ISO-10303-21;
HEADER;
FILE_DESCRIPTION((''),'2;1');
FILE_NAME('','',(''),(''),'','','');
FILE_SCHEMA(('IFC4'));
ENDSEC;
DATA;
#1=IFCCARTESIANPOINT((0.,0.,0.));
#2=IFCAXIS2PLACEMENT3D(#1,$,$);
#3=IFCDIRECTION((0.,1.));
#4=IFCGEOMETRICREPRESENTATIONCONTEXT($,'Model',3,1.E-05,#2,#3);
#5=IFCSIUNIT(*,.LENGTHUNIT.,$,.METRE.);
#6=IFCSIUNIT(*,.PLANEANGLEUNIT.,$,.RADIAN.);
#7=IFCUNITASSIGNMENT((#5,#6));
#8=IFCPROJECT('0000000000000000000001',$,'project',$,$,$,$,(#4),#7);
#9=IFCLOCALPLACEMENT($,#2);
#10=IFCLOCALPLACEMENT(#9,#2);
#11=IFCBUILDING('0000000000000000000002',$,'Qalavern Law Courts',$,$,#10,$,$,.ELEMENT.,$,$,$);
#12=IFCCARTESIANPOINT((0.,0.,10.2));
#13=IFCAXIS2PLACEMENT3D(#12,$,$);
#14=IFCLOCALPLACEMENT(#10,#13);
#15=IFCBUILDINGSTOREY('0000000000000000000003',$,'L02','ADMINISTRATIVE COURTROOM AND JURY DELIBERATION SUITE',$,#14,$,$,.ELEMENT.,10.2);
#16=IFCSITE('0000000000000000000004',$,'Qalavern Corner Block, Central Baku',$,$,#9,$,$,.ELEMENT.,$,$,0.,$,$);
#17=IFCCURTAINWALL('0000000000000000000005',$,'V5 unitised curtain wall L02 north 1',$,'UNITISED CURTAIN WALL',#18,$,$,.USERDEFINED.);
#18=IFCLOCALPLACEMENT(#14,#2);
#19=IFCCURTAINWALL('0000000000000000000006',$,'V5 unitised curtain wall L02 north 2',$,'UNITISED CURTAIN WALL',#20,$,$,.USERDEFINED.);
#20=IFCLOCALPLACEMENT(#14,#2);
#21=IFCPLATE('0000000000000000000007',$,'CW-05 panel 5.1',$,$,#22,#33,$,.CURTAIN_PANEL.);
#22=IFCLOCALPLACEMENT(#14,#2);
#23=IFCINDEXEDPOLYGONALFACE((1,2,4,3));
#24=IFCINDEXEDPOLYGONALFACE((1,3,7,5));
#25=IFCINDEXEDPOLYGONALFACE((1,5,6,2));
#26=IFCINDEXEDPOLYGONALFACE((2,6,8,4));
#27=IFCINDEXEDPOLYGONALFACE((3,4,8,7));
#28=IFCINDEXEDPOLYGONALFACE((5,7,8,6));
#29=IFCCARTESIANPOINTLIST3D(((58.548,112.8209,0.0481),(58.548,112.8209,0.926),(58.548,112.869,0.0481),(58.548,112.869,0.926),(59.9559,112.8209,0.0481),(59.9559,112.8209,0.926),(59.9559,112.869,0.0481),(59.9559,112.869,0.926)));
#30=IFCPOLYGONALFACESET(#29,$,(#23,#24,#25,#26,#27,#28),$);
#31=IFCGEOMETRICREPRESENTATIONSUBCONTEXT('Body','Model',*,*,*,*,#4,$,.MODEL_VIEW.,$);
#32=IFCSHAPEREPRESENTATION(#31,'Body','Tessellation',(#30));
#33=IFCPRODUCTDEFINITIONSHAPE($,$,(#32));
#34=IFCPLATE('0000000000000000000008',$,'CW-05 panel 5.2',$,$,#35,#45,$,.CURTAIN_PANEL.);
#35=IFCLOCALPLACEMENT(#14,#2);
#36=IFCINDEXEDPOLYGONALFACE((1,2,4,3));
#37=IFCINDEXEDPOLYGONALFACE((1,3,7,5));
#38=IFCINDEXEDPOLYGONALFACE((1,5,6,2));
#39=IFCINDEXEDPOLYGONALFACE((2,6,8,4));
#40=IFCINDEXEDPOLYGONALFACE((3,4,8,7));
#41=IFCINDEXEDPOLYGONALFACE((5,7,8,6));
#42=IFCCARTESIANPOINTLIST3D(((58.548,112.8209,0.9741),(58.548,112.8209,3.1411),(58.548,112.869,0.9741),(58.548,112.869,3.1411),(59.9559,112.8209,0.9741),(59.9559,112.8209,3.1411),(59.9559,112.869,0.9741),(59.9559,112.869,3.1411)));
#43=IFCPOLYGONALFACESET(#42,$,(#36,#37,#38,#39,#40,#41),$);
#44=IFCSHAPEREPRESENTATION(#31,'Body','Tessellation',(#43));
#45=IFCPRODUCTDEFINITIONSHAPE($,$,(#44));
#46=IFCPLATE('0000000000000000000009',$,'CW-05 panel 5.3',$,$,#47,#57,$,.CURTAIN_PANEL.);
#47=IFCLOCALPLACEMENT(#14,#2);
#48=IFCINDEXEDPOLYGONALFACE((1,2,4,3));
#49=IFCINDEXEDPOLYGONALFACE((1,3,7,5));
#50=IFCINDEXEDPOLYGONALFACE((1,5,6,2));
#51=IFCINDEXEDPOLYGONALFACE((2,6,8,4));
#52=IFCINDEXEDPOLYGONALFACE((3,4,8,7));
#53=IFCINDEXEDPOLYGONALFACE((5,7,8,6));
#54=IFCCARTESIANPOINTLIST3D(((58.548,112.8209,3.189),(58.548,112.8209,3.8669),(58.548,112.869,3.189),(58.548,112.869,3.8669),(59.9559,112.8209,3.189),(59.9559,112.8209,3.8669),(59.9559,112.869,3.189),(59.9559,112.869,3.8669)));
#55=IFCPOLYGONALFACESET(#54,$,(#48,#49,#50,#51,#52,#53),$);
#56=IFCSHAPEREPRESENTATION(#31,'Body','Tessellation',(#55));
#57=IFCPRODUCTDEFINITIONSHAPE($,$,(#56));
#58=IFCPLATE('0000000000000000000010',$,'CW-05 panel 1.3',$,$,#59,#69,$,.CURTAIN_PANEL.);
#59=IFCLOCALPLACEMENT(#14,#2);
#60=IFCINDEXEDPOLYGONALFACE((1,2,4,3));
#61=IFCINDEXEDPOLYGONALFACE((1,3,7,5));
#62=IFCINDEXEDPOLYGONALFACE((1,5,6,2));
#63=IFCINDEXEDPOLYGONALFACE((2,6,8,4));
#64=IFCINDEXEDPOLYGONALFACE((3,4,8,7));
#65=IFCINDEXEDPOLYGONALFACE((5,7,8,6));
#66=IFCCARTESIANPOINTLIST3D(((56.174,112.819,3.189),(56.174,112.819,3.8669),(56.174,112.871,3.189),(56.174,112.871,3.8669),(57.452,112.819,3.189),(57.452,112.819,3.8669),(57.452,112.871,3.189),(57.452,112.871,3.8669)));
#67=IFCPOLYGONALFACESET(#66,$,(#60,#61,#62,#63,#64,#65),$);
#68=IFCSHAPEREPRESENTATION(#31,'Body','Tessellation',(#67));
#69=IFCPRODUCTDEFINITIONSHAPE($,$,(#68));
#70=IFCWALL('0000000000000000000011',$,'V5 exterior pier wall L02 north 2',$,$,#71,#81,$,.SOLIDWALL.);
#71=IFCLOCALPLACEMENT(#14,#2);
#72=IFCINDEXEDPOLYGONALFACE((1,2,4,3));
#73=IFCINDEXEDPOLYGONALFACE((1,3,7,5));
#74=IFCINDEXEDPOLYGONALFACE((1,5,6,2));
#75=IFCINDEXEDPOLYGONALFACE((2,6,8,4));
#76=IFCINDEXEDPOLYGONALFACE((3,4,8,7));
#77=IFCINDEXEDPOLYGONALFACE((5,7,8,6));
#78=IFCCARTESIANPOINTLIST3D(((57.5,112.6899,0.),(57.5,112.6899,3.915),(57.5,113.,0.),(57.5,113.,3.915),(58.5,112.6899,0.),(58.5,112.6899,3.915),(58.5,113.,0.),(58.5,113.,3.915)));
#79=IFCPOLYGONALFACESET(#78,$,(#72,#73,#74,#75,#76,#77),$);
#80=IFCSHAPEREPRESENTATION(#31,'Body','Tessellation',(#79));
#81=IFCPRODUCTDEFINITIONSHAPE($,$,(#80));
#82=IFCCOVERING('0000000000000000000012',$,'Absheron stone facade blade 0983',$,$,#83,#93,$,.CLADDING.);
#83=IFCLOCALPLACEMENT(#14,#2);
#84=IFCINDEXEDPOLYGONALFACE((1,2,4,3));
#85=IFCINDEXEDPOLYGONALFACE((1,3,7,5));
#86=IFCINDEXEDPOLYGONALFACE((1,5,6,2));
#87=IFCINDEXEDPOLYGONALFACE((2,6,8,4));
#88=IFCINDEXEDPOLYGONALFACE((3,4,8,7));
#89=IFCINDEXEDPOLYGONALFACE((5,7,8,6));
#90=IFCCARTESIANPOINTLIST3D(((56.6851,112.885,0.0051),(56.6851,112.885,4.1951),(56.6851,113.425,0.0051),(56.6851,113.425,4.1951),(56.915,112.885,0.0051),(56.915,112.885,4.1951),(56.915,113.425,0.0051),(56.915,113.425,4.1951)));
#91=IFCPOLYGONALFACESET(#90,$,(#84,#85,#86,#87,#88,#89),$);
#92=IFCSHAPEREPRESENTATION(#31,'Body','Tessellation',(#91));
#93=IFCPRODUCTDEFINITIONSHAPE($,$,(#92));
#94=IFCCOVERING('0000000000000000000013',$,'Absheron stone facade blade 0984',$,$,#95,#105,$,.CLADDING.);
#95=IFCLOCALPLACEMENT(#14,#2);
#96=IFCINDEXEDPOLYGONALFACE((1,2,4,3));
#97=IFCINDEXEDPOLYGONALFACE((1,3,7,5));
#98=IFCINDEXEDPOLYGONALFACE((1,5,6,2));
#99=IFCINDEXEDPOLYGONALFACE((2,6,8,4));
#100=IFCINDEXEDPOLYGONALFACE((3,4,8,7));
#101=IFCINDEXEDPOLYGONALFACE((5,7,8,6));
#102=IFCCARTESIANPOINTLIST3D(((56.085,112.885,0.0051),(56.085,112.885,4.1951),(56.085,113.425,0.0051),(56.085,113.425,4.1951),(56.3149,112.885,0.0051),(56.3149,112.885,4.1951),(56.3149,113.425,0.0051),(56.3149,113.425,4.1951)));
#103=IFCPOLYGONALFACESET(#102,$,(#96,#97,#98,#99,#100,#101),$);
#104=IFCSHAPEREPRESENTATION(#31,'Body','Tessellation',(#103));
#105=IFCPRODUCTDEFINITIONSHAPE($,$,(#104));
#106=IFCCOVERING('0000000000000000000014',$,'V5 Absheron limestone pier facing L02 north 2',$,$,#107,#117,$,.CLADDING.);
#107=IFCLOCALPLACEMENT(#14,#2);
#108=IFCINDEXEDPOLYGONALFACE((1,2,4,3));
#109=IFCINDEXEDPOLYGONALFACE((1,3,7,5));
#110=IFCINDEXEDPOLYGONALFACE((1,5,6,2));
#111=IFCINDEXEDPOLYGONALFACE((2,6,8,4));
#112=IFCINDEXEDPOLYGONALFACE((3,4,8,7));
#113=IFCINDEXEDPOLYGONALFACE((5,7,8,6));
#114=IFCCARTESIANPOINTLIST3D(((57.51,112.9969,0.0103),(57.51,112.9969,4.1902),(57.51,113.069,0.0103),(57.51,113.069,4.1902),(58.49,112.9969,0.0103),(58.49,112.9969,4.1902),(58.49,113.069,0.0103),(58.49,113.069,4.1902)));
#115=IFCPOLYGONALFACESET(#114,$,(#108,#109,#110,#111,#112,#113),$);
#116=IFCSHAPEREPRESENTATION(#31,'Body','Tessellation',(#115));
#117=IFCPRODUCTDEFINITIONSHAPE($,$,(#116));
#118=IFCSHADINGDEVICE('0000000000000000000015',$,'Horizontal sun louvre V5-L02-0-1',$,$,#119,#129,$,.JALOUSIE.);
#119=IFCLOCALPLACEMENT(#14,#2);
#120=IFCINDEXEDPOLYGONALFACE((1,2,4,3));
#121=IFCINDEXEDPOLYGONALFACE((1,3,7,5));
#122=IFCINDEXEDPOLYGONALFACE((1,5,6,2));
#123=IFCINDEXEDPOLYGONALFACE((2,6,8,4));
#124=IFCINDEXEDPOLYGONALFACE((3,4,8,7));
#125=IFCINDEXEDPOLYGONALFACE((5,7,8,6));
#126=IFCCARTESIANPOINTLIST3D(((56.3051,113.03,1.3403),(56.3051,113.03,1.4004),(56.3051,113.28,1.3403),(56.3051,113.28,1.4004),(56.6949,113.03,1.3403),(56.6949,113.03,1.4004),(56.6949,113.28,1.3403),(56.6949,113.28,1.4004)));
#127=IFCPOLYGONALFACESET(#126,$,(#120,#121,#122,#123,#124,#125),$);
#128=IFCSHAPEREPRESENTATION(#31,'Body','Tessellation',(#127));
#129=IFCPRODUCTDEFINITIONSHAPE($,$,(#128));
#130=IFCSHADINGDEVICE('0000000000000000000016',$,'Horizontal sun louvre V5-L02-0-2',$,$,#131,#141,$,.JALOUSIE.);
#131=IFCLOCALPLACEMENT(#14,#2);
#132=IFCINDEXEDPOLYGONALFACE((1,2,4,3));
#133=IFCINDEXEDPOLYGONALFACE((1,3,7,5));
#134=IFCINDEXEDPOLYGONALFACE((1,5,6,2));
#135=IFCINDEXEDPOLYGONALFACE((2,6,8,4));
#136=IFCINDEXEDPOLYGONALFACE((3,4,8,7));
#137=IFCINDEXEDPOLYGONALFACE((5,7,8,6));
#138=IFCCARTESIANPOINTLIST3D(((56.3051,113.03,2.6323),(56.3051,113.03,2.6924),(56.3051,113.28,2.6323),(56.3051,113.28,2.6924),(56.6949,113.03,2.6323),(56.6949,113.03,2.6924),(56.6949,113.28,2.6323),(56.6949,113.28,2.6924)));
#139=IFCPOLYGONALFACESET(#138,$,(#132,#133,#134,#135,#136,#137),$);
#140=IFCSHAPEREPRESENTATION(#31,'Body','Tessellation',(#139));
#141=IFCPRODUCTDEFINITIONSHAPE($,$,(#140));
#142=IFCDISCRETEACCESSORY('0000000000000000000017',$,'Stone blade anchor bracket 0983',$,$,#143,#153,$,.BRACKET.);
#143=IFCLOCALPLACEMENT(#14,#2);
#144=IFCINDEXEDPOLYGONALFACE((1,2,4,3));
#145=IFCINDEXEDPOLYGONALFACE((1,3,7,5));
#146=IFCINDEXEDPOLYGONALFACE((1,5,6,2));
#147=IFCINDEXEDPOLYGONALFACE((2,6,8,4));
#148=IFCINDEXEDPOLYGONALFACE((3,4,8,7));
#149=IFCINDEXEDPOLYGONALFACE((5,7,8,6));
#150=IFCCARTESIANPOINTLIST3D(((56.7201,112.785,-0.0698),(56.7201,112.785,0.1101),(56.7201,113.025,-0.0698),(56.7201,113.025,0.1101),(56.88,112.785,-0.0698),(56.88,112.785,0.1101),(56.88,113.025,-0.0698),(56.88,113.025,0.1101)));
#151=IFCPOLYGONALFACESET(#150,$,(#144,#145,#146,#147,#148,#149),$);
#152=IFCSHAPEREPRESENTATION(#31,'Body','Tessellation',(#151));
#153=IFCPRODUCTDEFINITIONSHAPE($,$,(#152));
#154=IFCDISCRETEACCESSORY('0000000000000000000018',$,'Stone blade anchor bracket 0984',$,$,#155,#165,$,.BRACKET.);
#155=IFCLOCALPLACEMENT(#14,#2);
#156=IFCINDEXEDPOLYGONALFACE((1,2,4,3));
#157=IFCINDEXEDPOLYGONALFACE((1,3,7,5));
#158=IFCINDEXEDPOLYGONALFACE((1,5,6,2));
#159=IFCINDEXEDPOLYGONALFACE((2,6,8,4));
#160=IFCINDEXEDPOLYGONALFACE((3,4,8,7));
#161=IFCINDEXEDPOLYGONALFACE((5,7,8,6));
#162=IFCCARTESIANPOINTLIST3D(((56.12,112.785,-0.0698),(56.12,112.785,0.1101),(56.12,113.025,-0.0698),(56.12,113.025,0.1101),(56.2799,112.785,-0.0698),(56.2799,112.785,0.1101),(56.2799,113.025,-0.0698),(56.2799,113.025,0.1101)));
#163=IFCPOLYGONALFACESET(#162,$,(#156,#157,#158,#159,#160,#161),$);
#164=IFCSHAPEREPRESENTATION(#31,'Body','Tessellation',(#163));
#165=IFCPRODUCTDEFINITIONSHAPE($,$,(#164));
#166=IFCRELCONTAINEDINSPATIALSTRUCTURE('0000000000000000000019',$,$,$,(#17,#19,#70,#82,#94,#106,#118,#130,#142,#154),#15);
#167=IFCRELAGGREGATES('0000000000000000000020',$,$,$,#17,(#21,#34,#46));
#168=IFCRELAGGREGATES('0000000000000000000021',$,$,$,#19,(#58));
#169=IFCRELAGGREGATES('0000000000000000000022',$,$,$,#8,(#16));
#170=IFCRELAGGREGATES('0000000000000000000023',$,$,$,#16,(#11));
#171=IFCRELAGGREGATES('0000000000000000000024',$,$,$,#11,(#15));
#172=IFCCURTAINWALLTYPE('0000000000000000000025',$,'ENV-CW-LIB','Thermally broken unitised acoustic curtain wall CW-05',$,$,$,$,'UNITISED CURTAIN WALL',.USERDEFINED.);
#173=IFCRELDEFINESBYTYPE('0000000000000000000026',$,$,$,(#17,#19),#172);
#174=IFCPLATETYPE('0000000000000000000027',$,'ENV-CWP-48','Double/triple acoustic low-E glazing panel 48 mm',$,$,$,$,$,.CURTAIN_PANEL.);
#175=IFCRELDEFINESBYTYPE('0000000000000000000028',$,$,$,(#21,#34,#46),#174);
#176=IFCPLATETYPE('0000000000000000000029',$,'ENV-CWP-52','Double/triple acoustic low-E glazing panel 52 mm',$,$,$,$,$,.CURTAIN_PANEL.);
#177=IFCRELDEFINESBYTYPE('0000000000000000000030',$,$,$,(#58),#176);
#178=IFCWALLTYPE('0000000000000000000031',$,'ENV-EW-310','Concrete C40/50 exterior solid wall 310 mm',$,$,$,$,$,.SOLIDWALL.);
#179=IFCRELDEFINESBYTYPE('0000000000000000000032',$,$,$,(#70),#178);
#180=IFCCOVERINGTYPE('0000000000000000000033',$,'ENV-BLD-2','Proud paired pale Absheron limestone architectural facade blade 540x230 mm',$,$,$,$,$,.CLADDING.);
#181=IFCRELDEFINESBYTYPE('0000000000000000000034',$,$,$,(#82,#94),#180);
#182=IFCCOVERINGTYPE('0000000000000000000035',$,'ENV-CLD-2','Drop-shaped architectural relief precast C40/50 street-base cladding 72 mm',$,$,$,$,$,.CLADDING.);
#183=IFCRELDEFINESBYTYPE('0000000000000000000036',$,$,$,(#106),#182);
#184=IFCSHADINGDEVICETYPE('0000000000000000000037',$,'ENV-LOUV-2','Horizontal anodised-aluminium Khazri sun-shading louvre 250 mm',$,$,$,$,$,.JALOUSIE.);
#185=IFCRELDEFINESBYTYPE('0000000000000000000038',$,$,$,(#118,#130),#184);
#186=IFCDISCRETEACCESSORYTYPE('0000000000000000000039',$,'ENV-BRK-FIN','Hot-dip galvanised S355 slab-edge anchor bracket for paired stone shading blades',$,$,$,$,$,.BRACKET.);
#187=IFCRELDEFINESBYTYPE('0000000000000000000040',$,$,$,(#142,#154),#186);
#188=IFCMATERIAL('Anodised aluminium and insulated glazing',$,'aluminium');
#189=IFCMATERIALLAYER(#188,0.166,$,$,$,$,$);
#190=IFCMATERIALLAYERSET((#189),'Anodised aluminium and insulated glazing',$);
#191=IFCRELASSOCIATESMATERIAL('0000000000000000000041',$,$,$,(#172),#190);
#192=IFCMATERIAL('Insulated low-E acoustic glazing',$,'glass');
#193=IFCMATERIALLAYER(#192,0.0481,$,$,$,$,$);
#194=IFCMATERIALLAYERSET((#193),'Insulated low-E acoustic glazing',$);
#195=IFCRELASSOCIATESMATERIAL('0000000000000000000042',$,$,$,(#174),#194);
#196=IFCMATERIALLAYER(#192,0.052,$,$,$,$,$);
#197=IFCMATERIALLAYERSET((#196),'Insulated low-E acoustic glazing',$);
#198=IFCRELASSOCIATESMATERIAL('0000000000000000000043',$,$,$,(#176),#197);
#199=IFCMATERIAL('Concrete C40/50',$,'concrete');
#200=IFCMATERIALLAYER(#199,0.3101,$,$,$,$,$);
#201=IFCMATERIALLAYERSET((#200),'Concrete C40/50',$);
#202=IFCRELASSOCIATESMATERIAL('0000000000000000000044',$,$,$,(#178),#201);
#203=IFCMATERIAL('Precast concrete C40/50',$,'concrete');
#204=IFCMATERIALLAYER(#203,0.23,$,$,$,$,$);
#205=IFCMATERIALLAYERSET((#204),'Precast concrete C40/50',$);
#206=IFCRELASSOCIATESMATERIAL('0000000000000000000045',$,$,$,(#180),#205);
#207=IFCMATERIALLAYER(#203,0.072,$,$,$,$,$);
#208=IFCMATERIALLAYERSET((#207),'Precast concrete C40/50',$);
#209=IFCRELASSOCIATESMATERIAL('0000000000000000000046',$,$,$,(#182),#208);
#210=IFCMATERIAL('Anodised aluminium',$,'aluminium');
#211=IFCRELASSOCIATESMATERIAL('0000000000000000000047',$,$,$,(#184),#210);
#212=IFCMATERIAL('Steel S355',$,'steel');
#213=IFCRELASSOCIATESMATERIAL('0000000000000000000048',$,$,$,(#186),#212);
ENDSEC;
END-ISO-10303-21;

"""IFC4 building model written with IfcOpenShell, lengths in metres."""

from ifc_helpers import new_model, si_unit, direction, frame, frame_2d, origin, origin_2d, place, context, subcontext, project, spatial, rectangle, extrude, material, layer, layer_set, type_object, element, aggregate, save


model = new_model("IFC4")

# Units and contexts
model_context = context("Model", 3, precision=1e-05, world=origin(), true_north=direction((0.0, 1.0)))
body_context = subcontext(model_context, "Body", "Model", "MODEL_VIEW")
ifc_project = project(units=[si_unit("LENGTHUNIT", "METRE"), si_unit("PLANEANGLEUNIT", "RADIAN")], contexts=[model_context])

# Site, building, storey
site_placement = place(None, origin())
site = spatial("IfcSite", under=ifc_project, at=site_placement, Name="Qalavern Corner Block, Central Baku", CompositionType="ELEMENT", RefElevation=0.0)
building_placement = place(site_placement, origin())
building = spatial("IfcBuilding", under=site, at=building_placement, Name="Qalavern Law Courts", CompositionType="ELEMENT")
storey_placement = place(building_placement, frame((0.0, 0.0, 10.2)))
storey = spatial("IfcBuildingStorey", under=building, at=storey_placement, Name="L02", Description="ADMINISTRATIVE COURTROOM AND JURY DELIBERATION SUITE", CompositionType="ELEMENT", Elevation=10.2)

# Curtain wall
ifc_material_1 = material(Name="Anodised aluminium and insulated glazing", Category="aluminium")
ifc_layer_1 = layer(ifc_material_1, 0.166)
ifc_layer_set_1 = layer_set([ifc_layer_1], Name="Anodised aluminium and insulated glazing")
curtain_wall_type = type_object("IfcCurtainWallType", Name="ENV-CW-LIB", Description="Thermally broken unitised acoustic curtain wall CW-05", ElementType="UNITISED CURTAIN WALL", PredefinedType="USERDEFINED", material=ifc_layer_set_1)
curtain_wall_1_placement = place(storey_placement, origin())
curtain_wall_1 = element("IfcCurtainWall", 1, at=curtain_wall_1_placement, inside=storey, type_object=curtain_wall_type, Name="V5 unitised curtain wall L02 north 1", ObjectType="UNITISED CURTAIN WALL", PredefinedType="USERDEFINED")
ifc_material_2 = material(Name="Anodised aluminium", Category="aluminium")

# Curtain wall
curtain_wall_2_placement = place(storey_placement, origin())
curtain_wall_2 = element("IfcCurtainWall", 2, at=curtain_wall_2_placement, inside=storey, type_object=curtain_wall_type, Name="V5 unitised curtain wall L02 north 2", ObjectType="UNITISED CURTAIN WALL", PredefinedType="USERDEFINED")

# Plates
ifc_material_3 = material(Name="Insulated low-E acoustic glazing", Category="glass")
ifc_layer_2 = layer(ifc_material_3, 0.0481)
ifc_layer_set_2 = layer_set([ifc_layer_2], Name="Insulated low-E acoustic glazing")
plate_type_1 = type_object("IfcPlateType", Name="ENV-CWP-48", Description="Double/triple acoustic low-E glazing panel 48 mm", PredefinedType="CURTAIN_PANEL", material=ifc_layer_set_2)
plate_1_placement = place(storey_placement, frame((59.252, 112.845, 0.0481), z_axis=(0.0, 0.0, 1.0), x_axis=(-1.0, 0.0, 0.0)))
plate_1 = element("IfcPlate", 3, at=plate_1_placement, type_object=plate_type_1, Name="CW-05 panel 5.1", PredefinedType="CURTAIN_PANEL", context=body_context, shape_type="SweptSolid", body=[
    extrude(rectangle(XDim=1.408, YDim=0.0481, at=origin_2d()), origin(), (0.0, 0.0, 1.0), 0.8779),
])
plate_2_placement = place(storey_placement, frame((59.252, 112.845, 0.9741), z_axis=(0.0, 0.0, 1.0), x_axis=(-1.0, 0.0, 0.0)))
plate_2 = element("IfcPlate", 4, at=plate_2_placement, type_object=plate_type_1, Name="CW-05 panel 5.2", PredefinedType="CURTAIN_PANEL", context=body_context, shape_type="SweptSolid", body=[
    extrude(rectangle(XDim=1.408, YDim=0.0481, at=origin_2d()), origin(), (0.0, 0.0, 1.0), 2.167),
])
plate_3_placement = place(storey_placement, frame((59.252, 112.845, 3.189), z_axis=(0.0, 0.0, 1.0), x_axis=(-1.0, 0.0, 0.0)))
plate_3 = element("IfcPlate", 5, at=plate_3_placement, type_object=plate_type_1, Name="CW-05 panel 5.3", PredefinedType="CURTAIN_PANEL", context=body_context, shape_type="SweptSolid", body=[
    extrude(rectangle(XDim=1.408, YDim=0.0481, at=origin_2d()), origin(), (0.0, 0.0, 1.0), 0.678),
])
aggregate(curtain_wall_1, [plate_1, plate_2, plate_3])
ifc_layer_3 = layer(ifc_material_3, 0.052)
ifc_layer_set_3 = layer_set([ifc_layer_3], Name="Insulated low-E acoustic glazing")
plate_type_2 = type_object("IfcPlateType", Name="ENV-CWP-52", Description="Double/triple acoustic low-E glazing panel 52 mm", PredefinedType="CURTAIN_PANEL", material=ifc_layer_set_3)
plate_4_placement = place(storey_placement, frame((56.813, 112.845, 3.189), z_axis=(0.0, 0.0, 1.0), x_axis=(-1.0, 0.0, 0.0)))
plate_4 = element("IfcPlate", 6, at=plate_4_placement, type_object=plate_type_2, Name="CW-05 panel 1.3", PredefinedType="CURTAIN_PANEL", context=body_context, shape_type="SweptSolid", body=[
    extrude(rectangle(XDim=1.2781, YDim=0.052, at=origin_2d()), origin(), (0.0, 0.0, 1.0), 0.678),
])
aggregate(curtain_wall_2, [plate_4])

# Wall
ifc_material_4 = material(Name="Concrete C40/50", Category="concrete")
ifc_layer_4 = layer(ifc_material_4, 0.3101)
ifc_layer_set_4 = layer_set([ifc_layer_4], Name="Concrete C40/50")
wall_type = type_object("IfcWallType", Name="ENV-EW-310", Description="Concrete C40/50 exterior solid wall 310 mm", PredefinedType="SOLIDWALL", material=ifc_layer_set_4)
wall_placement = place(storey_placement, frame((58.5, 112.845, 0.0), z_axis=(0.0, 0.0, 1.0), x_axis=(-1.0, 0.0, 0.0)))
element("IfcWall", 7, at=wall_placement, inside=storey, type_object=wall_type, Name="V5 exterior pier wall L02 north 2", PredefinedType="SOLIDWALL", context=body_context, shape_type="SweptSolid", body=[
    extrude(rectangle(XDim=1.0, YDim=0.3101, at=frame_2d((0.5, 0.0))), origin(), (0.0, 0.0, 1.0), 3.915),
])

# Coverings
ifc_material_5 = material(Name="Precast concrete C40/50", Category="concrete")
ifc_layer_5 = layer(ifc_material_5, 0.23)
ifc_layer_set_5 = layer_set([ifc_layer_5], Name="Precast concrete C40/50")
covering_type_1 = type_object("IfcCoveringType", Name="ENV-BLD-2", Description="Proud paired pale Absheron limestone architectural facade blade 540x230 mm", PredefinedType="CLADDING", material=ifc_layer_set_5)
for number, where, z_axis, x_axis, name in (
    (8, (56.8, 113.155, 0.0051), (0.0, 0.0, 1.0), (0.0, 1.0, 0.0), "Absheron stone facade blade 0983"),
    (9, (56.2, 113.155, 0.0051), (0.0, 0.0, 1.0), (0.0, 1.0, 0.0), "Absheron stone facade blade 0984"),
):
    element("IfcCovering", number, at=place(storey_placement, frame(where, z_axis=z_axis, x_axis=x_axis)), inside=storey, type_object=covering_type_1, Name=name, PredefinedType="CLADDING", context=body_context, shape_type="SweptSolid", body=[
        extrude(rectangle(XDim=0.54, YDim=0.23, at=origin_2d()), origin(), (0.0, 0.0, 1.0), 4.1899),
    ])
ifc_layer_6 = layer(ifc_material_5, 0.072)
ifc_layer_set_6 = layer_set([ifc_layer_6], Name="Precast concrete C40/50")
covering_type_2 = type_object("IfcCoveringType", Name="ENV-CLD-2", Description="Drop-shaped architectural relief precast C40/50 street-base cladding 72 mm", PredefinedType="CLADDING", material=ifc_layer_set_6)
covering_placement = place(storey_placement, frame((58.0, 113.033, 0.0103), z_axis=(0.0, 0.0, 1.0), x_axis=(-1.0, 0.0, 0.0)))
element("IfcCovering", 10, at=covering_placement, inside=storey, type_object=covering_type_2, Name="V5 Absheron limestone pier facing L02 north 2", PredefinedType="CLADDING", context=body_context, shape_type="SweptSolid", body=[
    extrude(rectangle(XDim=0.98, YDim=0.072, at=origin_2d()), origin(), (0.0, 0.0, 1.0), 4.1799),
])

# Shading devices
shading_device_type = type_object("IfcShadingDeviceType", Name="ENV-LOUV-2", Description="Horizontal anodised-aluminium Khazri sun-shading louvre 250 mm", PredefinedType="JALOUSIE", material=ifc_material_2)
for number, where, z_axis, x_axis, name in (
    (11, (56.5, 113.155, 1.3403), (0.0, 0.0, 1.0), (-1.0, 0.0, 0.0), "Horizontal sun louvre V5-L02-0-1"),
    (12, (56.5, 113.155, 2.6323), (0.0, 0.0, 1.0), (-1.0, 0.0, 0.0), "Horizontal sun louvre V5-L02-0-2"),
):
    element("IfcShadingDevice", number, at=place(storey_placement, frame(where, z_axis=z_axis, x_axis=x_axis)), inside=storey, type_object=shading_device_type, Name=name, PredefinedType="JALOUSIE", context=body_context, shape_type="SweptSolid", body=[
        extrude(rectangle(XDim=0.3899, YDim=0.25, at=origin_2d()), origin(), (0.0, 0.0, 1.0), 0.0601),
    ])

# Discrete accessories
ifc_material_6 = material(Name="Steel S355", Category="steel")
discrete_accessory_type = type_object("IfcDiscreteAccessoryType", Name="ENV-BRK-FIN", Description="Hot-dip galvanised S355 slab-edge anchor bracket for paired stone shading blades", PredefinedType="BRACKET", material=ifc_material_6)
for number, where, z_axis, x_axis, name in (
    (13, (56.8, 112.905, -0.0698), (0.0, 0.0, 1.0), (0.0, 1.0, 0.0), "Stone blade anchor bracket 0983"),
    (14, (56.2, 112.905, -0.0698), (0.0, 0.0, 1.0), (0.0, 1.0, 0.0), "Stone blade anchor bracket 0984"),
):
    element("IfcDiscreteAccessory", number, at=place(storey_placement, frame(where, z_axis=z_axis, x_axis=x_axis)), inside=storey, type_object=discrete_accessory_type, Name=name, PredefinedType="BRACKET", context=body_context, shape_type="SweptSolid", body=[
        extrude(rectangle(XDim=0.24, YDim=0.1599, at=origin_2d()), origin(), (0.0, 0.0, 1.0), 0.1799),
    ])

save(model, "model.ifc")
